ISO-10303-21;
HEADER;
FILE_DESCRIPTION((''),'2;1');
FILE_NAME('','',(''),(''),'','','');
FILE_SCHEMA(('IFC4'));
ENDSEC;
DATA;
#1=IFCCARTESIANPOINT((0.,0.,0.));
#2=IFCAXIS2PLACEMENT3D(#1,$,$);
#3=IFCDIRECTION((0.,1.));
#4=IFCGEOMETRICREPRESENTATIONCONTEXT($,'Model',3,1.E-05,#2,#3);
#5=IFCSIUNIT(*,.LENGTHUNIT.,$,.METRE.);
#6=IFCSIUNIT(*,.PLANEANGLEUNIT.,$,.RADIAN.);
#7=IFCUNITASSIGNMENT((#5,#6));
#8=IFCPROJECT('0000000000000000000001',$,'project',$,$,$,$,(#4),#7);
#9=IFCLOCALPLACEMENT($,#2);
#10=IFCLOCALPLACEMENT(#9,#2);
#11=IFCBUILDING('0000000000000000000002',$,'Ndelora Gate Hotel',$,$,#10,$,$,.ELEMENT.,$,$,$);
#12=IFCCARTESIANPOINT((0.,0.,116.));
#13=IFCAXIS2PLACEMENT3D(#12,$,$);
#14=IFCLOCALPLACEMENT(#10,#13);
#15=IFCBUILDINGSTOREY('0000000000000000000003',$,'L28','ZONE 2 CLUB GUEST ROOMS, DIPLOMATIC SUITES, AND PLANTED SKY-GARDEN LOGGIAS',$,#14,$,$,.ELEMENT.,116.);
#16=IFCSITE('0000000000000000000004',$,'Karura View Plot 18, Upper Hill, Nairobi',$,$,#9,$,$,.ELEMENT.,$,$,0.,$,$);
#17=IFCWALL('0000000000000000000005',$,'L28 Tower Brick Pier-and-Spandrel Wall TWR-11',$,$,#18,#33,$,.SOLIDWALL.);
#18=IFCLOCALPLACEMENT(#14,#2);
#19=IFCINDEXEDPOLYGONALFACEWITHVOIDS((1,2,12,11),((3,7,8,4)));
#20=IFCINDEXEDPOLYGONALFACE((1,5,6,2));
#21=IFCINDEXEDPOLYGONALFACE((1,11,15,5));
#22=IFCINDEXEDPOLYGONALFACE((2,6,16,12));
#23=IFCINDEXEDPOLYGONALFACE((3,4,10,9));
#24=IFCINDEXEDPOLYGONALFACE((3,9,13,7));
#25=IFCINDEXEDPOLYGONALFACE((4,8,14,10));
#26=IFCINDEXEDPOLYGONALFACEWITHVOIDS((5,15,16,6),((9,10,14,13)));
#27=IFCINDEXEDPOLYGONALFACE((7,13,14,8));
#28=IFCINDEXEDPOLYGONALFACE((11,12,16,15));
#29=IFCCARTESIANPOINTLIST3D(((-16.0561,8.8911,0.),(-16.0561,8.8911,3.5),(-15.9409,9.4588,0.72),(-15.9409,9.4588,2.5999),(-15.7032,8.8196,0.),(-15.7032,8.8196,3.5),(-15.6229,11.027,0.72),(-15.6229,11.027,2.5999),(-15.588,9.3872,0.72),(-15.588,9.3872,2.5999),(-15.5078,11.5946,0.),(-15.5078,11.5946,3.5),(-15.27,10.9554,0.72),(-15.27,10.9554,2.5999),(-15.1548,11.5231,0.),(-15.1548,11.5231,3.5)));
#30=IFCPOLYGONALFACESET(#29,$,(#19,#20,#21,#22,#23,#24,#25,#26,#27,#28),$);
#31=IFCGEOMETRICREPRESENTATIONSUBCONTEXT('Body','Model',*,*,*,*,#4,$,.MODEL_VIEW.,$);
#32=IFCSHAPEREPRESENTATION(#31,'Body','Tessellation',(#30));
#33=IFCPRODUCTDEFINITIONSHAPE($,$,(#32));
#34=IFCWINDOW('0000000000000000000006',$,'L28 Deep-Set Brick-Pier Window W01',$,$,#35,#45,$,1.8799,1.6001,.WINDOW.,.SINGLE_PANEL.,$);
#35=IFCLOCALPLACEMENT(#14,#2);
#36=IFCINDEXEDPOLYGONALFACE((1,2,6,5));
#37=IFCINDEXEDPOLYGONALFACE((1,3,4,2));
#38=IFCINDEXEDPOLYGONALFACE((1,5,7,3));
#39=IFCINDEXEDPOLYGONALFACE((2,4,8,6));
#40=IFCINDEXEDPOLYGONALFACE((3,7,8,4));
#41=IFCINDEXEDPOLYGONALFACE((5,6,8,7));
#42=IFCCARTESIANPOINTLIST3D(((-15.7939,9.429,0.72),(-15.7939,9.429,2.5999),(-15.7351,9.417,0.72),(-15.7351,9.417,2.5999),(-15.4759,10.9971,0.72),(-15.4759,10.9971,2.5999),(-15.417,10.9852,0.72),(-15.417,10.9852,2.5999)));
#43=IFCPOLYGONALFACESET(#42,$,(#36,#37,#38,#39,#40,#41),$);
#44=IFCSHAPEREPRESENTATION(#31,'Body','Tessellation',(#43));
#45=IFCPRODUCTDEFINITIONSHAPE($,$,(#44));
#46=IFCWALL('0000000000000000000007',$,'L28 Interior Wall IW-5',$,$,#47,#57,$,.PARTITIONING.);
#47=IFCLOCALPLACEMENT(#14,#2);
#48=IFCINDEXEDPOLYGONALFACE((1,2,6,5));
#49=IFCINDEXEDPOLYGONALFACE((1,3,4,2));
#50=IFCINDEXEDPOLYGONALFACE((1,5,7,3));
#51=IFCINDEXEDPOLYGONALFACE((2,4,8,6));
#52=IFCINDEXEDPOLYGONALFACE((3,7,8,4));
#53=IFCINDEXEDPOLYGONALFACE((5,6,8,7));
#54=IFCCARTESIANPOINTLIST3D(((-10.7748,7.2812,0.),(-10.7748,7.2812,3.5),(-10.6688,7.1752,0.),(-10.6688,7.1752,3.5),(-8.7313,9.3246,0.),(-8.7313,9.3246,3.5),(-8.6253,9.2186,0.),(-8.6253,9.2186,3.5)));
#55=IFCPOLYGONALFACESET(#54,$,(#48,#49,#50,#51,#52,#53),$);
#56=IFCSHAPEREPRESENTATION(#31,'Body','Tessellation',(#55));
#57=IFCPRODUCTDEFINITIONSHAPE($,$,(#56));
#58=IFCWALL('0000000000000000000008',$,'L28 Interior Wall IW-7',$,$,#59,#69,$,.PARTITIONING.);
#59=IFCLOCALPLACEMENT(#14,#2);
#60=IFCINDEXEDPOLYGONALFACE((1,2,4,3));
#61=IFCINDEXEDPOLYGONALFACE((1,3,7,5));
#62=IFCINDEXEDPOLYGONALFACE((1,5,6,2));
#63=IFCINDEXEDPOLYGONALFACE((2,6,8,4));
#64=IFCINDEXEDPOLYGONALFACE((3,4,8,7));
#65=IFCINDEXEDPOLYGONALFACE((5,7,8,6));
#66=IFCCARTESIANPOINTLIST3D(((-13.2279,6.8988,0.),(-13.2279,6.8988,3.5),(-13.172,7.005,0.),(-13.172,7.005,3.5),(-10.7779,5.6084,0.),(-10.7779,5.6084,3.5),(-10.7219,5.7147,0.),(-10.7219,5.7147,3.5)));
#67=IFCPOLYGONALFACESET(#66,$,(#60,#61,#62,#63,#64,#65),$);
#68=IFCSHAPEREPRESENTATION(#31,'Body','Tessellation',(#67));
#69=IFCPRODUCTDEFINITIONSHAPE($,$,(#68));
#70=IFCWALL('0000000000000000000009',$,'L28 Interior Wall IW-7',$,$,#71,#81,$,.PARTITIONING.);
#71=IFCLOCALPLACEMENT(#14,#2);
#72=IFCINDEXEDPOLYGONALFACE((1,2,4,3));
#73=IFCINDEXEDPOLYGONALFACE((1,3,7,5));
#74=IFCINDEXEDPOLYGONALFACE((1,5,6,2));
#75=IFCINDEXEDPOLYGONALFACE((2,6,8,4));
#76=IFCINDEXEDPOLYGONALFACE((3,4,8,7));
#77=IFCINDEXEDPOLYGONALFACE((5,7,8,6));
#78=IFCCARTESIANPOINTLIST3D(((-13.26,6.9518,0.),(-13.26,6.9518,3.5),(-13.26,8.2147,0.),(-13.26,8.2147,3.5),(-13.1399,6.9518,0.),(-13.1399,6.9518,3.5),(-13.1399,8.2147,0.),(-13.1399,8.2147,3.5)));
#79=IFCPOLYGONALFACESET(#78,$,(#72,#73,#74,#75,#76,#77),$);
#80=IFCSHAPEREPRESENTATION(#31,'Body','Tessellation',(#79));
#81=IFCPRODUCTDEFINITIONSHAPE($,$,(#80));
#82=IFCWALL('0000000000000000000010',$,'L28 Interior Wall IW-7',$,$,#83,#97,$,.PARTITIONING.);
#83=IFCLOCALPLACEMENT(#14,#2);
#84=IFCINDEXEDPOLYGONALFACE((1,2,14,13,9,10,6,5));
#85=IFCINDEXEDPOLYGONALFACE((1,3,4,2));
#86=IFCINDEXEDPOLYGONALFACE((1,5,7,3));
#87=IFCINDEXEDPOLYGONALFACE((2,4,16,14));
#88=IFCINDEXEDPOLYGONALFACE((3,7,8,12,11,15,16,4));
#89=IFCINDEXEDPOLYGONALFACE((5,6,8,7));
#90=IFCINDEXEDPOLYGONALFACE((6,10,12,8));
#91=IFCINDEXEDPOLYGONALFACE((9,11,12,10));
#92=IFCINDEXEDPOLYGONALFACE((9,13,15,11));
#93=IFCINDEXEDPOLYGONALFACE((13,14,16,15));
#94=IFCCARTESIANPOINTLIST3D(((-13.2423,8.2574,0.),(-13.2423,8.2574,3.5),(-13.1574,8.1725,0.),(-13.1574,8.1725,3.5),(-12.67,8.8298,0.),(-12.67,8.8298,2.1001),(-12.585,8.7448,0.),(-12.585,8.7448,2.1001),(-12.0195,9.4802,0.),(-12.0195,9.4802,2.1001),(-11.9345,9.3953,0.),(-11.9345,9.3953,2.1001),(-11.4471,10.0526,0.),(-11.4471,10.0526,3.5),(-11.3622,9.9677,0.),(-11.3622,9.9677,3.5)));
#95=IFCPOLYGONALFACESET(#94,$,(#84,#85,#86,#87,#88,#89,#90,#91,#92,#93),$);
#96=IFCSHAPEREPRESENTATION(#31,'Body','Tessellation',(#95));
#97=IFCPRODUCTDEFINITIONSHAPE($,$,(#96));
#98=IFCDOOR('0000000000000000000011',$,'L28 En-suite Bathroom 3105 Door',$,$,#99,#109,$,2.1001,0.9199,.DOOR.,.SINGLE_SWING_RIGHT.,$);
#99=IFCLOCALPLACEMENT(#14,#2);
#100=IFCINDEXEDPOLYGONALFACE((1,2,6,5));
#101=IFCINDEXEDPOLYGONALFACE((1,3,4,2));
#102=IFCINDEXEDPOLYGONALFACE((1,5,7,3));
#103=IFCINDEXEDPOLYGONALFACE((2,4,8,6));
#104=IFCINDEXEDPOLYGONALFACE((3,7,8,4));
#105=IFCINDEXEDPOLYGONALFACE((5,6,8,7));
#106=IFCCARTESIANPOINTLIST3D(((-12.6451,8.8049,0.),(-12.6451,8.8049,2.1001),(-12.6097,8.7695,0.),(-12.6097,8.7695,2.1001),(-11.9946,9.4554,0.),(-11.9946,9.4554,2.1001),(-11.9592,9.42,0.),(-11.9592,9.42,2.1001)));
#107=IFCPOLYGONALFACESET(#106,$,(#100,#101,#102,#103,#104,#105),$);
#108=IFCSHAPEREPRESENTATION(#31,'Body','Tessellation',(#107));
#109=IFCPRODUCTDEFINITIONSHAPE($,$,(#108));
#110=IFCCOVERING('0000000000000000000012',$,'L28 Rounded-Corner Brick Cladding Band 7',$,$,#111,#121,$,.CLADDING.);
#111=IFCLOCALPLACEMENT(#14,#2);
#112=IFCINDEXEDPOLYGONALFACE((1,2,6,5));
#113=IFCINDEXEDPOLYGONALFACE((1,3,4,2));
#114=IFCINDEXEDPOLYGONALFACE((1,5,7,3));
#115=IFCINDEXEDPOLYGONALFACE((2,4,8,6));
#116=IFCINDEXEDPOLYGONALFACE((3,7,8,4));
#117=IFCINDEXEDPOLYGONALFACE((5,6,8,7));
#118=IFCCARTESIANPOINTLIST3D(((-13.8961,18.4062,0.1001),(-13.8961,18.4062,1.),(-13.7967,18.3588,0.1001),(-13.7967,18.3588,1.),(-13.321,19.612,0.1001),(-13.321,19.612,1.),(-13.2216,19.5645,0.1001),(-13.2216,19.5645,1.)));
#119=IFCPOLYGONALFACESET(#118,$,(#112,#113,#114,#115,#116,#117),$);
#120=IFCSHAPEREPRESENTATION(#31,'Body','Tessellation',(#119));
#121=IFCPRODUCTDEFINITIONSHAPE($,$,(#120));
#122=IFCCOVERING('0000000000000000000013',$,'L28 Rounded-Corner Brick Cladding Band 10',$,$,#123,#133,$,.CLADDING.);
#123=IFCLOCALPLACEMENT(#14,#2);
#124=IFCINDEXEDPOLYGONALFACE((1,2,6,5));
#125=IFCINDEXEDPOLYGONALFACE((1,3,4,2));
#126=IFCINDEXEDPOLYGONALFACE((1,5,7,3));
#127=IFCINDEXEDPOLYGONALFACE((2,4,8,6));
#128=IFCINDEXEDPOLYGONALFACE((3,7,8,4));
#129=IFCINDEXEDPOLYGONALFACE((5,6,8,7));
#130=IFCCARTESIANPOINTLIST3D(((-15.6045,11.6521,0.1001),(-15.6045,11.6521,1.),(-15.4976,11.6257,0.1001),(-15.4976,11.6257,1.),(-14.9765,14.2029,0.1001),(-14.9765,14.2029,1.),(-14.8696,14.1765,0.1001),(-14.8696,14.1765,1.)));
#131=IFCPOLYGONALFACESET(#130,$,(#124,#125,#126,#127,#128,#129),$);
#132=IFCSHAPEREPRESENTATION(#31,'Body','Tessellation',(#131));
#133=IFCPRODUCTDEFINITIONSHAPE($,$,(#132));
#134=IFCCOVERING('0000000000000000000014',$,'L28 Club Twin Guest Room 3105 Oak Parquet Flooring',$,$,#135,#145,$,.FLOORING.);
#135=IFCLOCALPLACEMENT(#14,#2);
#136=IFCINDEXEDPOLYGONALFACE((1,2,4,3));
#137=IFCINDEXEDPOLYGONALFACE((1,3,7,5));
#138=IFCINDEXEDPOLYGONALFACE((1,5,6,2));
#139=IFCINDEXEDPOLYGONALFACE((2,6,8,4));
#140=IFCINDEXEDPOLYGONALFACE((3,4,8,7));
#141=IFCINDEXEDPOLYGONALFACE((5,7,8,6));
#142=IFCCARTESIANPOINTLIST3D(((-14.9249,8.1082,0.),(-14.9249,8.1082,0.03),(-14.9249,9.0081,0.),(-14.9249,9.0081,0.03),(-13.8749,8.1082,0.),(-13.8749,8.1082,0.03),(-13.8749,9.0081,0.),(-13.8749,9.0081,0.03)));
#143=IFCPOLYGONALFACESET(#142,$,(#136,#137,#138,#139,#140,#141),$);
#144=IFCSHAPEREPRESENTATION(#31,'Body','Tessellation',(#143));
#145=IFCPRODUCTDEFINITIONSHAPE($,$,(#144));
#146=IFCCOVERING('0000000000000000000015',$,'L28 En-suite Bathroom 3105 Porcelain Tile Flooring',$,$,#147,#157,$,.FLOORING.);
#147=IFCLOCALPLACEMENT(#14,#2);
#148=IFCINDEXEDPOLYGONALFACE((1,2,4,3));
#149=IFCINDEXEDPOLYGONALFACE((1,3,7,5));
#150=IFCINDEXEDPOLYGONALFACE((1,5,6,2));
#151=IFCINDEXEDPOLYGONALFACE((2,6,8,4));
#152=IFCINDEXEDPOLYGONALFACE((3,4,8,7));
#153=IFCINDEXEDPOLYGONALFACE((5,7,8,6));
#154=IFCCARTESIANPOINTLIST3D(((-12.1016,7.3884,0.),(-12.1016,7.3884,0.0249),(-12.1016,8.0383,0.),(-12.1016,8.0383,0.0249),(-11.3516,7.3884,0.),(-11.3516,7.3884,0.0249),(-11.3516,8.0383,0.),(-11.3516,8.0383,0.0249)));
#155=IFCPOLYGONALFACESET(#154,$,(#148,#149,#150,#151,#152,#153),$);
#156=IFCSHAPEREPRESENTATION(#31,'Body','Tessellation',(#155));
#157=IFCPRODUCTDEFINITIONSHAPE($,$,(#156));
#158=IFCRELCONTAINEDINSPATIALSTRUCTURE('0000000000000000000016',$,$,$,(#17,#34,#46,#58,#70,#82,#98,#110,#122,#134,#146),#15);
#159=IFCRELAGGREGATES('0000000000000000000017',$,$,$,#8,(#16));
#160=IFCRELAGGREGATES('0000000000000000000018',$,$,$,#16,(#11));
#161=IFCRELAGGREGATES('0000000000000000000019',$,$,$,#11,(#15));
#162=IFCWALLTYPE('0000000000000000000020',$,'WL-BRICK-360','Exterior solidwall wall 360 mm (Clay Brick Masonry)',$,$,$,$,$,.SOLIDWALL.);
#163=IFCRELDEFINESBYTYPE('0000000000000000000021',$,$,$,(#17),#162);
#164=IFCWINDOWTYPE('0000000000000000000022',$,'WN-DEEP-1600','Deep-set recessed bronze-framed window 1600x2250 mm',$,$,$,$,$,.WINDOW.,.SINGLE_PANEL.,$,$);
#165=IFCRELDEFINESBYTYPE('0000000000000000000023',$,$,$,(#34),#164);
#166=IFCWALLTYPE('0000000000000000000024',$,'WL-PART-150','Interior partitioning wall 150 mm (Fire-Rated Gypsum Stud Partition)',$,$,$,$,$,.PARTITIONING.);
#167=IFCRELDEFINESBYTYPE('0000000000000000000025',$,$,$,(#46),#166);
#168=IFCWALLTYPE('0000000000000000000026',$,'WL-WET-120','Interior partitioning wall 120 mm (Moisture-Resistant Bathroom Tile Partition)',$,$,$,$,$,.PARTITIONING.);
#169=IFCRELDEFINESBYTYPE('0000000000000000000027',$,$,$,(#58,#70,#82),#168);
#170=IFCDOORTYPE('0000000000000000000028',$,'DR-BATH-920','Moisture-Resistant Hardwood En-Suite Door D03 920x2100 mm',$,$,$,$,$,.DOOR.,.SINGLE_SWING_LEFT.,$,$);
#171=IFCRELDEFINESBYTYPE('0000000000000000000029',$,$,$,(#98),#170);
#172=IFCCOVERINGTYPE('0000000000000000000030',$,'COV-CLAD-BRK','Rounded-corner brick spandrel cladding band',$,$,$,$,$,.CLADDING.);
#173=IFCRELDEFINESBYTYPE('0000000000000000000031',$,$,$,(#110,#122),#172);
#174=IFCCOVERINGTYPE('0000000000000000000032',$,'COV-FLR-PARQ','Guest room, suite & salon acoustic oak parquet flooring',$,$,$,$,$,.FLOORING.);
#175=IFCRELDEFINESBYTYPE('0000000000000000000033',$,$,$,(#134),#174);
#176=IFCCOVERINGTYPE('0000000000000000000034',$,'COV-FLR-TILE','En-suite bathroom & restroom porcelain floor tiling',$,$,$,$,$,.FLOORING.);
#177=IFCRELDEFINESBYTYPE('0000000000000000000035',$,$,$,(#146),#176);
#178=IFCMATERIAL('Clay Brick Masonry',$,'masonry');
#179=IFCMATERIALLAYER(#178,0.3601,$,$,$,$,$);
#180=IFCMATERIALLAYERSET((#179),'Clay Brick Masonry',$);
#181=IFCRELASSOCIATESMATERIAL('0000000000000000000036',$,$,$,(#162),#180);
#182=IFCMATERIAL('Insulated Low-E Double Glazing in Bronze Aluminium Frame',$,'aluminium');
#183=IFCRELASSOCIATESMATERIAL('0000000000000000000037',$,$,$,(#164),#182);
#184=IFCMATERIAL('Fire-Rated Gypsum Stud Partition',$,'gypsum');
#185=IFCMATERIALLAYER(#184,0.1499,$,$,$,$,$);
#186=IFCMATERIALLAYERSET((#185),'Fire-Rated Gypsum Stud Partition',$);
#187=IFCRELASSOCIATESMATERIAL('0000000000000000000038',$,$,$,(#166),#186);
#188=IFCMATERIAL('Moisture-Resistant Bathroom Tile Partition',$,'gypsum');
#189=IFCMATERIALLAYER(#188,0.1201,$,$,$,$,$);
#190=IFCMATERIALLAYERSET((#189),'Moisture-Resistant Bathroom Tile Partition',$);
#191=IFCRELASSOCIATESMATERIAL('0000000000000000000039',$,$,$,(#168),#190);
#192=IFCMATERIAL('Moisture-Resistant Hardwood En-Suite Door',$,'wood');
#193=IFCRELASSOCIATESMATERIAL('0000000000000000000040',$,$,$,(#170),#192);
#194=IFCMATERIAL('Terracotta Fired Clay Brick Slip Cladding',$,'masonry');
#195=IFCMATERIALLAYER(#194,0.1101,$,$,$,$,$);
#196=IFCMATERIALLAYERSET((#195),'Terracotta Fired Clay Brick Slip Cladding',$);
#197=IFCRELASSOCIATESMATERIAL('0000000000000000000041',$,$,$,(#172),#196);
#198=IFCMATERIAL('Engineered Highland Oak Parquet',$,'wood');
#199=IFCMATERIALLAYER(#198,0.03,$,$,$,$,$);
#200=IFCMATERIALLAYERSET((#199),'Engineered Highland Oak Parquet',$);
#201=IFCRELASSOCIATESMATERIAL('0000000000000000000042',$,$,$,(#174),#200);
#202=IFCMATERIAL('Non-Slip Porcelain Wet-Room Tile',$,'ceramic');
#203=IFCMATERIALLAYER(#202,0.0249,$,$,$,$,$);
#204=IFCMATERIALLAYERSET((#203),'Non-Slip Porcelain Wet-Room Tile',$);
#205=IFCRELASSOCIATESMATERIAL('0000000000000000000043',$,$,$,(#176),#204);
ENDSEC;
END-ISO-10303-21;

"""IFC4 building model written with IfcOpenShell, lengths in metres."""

from ifc_helpers import new_model, si_unit, direction, frame, frame_2d, origin, origin_2d, place, context, subcontext, project, spatial, rectangle, extrude, material, layer, layer_set, type_object, element, fill, save


model = new_model("IFC4")

# Units and contexts
model_context = context("Model", 3, precision=1e-05, world=origin(), true_north=direction((0.0, 1.0)))
body_context = subcontext(model_context, "Body", "Model", "MODEL_VIEW")
ifc_project = project(units=[si_unit("LENGTHUNIT", "METRE"), si_unit("PLANEANGLEUNIT", "RADIAN")], contexts=[model_context])

# Site, building, storey
site_placement = place(None, origin())
site = spatial("IfcSite", under=ifc_project, at=site_placement, Name="Karura View Plot 18, Upper Hill, Nairobi", CompositionType="ELEMENT", RefElevation=0.0)
building_placement = place(site_placement, origin())
building = spatial("IfcBuilding", under=site, at=building_placement, Name="Ndelora Gate Hotel", CompositionType="ELEMENT")
storey_placement = place(building_placement, frame((0.0, 0.0, 116.0)))
storey = spatial("IfcBuildingStorey", under=building, at=storey_placement, Name="L28", Description="ZONE 2 CLUB GUEST ROOMS, DIPLOMATIC SUITES, AND PLANTED SKY-GARDEN LOGGIAS", CompositionType="ELEMENT", Elevation=116.0)

# Shared definitions
ifc_material_1 = material(Name="Clay Brick Masonry", Category="masonry")
ifc_layer_1 = layer(ifc_material_1, 0.3601)
ifc_layer_set_1 = layer_set([ifc_layer_1], Name="Clay Brick Masonry")
wall_type_1 = type_object("IfcWallType", Name="WL-BRICK-360", Description="Exterior solidwall wall 360 mm (Clay Brick Masonry)", PredefinedType="SOLIDWALL", material=ifc_layer_set_1)

# Shared definitions
ifc_material_2 = material(Name="Insulated Low-E Double Glazing in Bronze Aluminium Frame", Category="aluminium")

# Wall, opening, window
wall_1_placement = place(storey_placement, frame((-15.8796, 8.8552, 0.0), z_axis=(0.0, 0.0, 1.0), x_axis=(0.19877, 0.980046, 0.0)))
wall_1 = element("IfcWall", 1, at=wall_1_placement, inside=storey, type_object=wall_type_1, Name="L28 Tower Brick Pier-and-Spandrel Wall TWR-11", PredefinedType="SOLIDWALL", context=body_context, shape_type="SweptSolid", body=[
    extrude(rectangle(XDim=2.7585, YDim=0.3601, at=frame_2d((1.3794, 0.0))), origin(), (0.0, 0.0, 1.0), 3.5),
])
opening_1_placement = place(wall_1_placement, frame((0.5793, 0.0, 0.72)))
opening_1 = element("IfcOpeningElement", 2, at=opening_1_placement, cuts=wall_1, PredefinedType="OPENING", context=body_context, shape_type="SweptSolid", body=[
    extrude(rectangle(XDim=1.6001, YDim=1.8799, at=frame_2d((0.8, 0.9399))), frame((0.0, 0.1899, 0.0), z_axis=(0.0, -1.0, 0.0), x_axis=(1.0, 0.0, 0.0)), (0.0, 0.0, 1.0), 0.3801),
])
window_type_1 = type_object("IfcWindowType", Name="WN-DEEP-1600", Description="Deep-set recessed bronze-framed window 1600x2250 mm", PartitioningType="SINGLE_PANEL", PredefinedType="WINDOW", material=ifc_material_2)
window_1_placement = place(opening_1_placement, origin())
window_1 = element("IfcWindow", 3, at=window_1_placement, inside=storey, type_object=window_type_1, Name="L28 Deep-Set Brick-Pier Window W01", OverallHeight=1.8799, OverallWidth=1.6001, PartitioningType="SINGLE_PANEL", PredefinedType="WINDOW", context=body_context, shape_type="SweptSolid", body=[
    extrude(rectangle(XDim=1.6001, YDim=1.8799, at=frame_2d((0.8, 0.9399))), frame((0.0, 0.03, 0.0), z_axis=(0.0, -1.0, 0.0), x_axis=(1.0, 0.0, 0.0)), (0.0, 0.0, 1.0), 0.0601),
])
fill(opening_1, window_1)

# Walls
ifc_material_3 = material(Name="Fire-Rated Gypsum Stud Partition", Category="gypsum")
ifc_layer_2 = layer(ifc_material_3, 0.1499)
ifc_layer_set_2 = layer_set([ifc_layer_2], Name="Fire-Rated Gypsum Stud Partition")
wall_type_2 = type_object("IfcWallType", Name="WL-PART-150", Description="Interior partitioning wall 150 mm (Fire-Rated Gypsum Stud Partition)", PredefinedType="PARTITIONING", material=ifc_layer_set_2)
wall_2_placement = place(storey_placement, frame((-10.7217, 7.2283, 0.0), z_axis=(0.0, 0.0, 1.0), x_axis=(0.707107, 0.707107, 0.0)))
element("IfcWall", 4, at=wall_2_placement, inside=storey, type_object=wall_type_2, Name="L28 Interior Wall IW-5", PredefinedType="PARTITIONING", context=body_context, shape_type="SweptSolid", body=[
    extrude(rectangle(XDim=2.8899, YDim=0.1499, at=frame_2d((1.4448, 0.0))), origin(), (0.0, 0.0, 1.0), 3.5),
])
ifc_material_4 = material(Name="Moisture-Resistant Bathroom Tile Partition", Category="gypsum")
ifc_layer_3 = layer(ifc_material_4, 0.1201)
ifc_layer_set_3 = layer_set([ifc_layer_3], Name="Moisture-Resistant Bathroom Tile Partition")
wall_type_3 = type_object("IfcWallType", Name="WL-WET-120", Description="Interior partitioning wall 120 mm (Moisture-Resistant Bathroom Tile Partition)", PredefinedType="PARTITIONING", material=ifc_layer_set_3)
wall_3_placement = place(storey_placement, frame((-13.2, 6.9519, 0.0), z_axis=(0.0, 0.0, 1.0), x_axis=(0.884794, -0.465983, 0.0)))
element("IfcWall", 5, at=wall_3_placement, inside=storey, type_object=wall_type_3, Name="L28 Interior Wall IW-7", PredefinedType="PARTITIONING", context=body_context, shape_type="SweptSolid", body=[
    extrude(rectangle(XDim=2.769, YDim=0.1201, at=frame_2d((1.3845, 0.0))), origin(), (0.0, 0.0, 1.0), 3.5),
])
wall_4_placement = place(storey_placement, frame((-13.2, 6.9519, 0.0), z_axis=(0.0, 0.0, 1.0), x_axis=(0.0, 1.0, 0.0)))
element("IfcWall", 6, at=wall_4_placement, inside=storey, type_object=wall_type_3, Name="L28 Interior Wall IW-7", PredefinedType="PARTITIONING", context=body_context, shape_type="SweptSolid", body=[
    extrude(rectangle(XDim=1.2629, YDim=0.1201, at=frame_2d((0.6313, 0.0))), origin(), (0.0, 0.0, 1.0), 3.5),
])

# Wall, opening, door
wall_5_placement = place(storey_placement, frame((-13.2, 8.2148, 0.0), z_axis=(0.0, 0.0, 1.0), x_axis=(0.707107, 0.707107, 0.0)))
wall_5 = element("IfcWall", 7, at=wall_5_placement, inside=storey, type_object=wall_type_3, Name="L28 Interior Wall IW-7", PredefinedType="PARTITIONING", context=body_context, shape_type="SweptSolid", body=[
    extrude(rectangle(XDim=2.5388, YDim=0.1201, at=frame_2d((1.2695, 0.0))), origin(), (0.0, 0.0, 1.0), 3.5),
])
opening_2_placement = place(wall_5_placement, frame((0.8096, 0.0, 0.0)))
opening_2 = element("IfcOpeningElement", 8, at=opening_2_placement, cuts=wall_5, PredefinedType="OPENING", context=body_context, shape_type="SweptSolid", body=[
    extrude(rectangle(XDim=0.9199, YDim=2.1001, at=frame_2d((0.46, 1.05))), frame((0.0, 0.0701, 0.0), z_axis=(0.0, -1.0, 0.0), x_axis=(1.0, 0.0, 0.0)), (0.0, 0.0, 1.0), 0.1401),
])
ifc_material_5 = material(Name="Moisture-Resistant Hardwood En-Suite Door", Category="wood")
door_type = type_object("IfcDoorType", Name="DR-BATH-920", Description="Moisture-Resistant Hardwood En-Suite Door D03 920x2100 mm", OperationType="SINGLE_SWING_LEFT", PredefinedType="DOOR", material=ifc_material_5)
door_placement = place(opening_2_placement, origin())
door = element("IfcDoor", 9, at=door_placement, inside=storey, type_object=door_type, Name="L28 En-suite Bathroom 3105 Door", OperationType="SINGLE_SWING_RIGHT", OverallHeight=2.1001, OverallWidth=0.9199, PredefinedType="DOOR", context=body_context, shape_type="SweptSolid", body=[
    extrude(rectangle(XDim=0.9199, YDim=2.1001, at=frame_2d((0.46, 1.05))), frame((0.0, 0.0249, 0.0), z_axis=(0.0, -1.0, 0.0), x_axis=(1.0, 0.0, 0.0)), (0.0, 0.0, 1.0), 0.05),
])
fill(opening_2, door)

# Coverings
ifc_material_6 = material(Name="Terracotta Fired Clay Brick Slip Cladding", Category="masonry")
ifc_layer_4 = layer(ifc_material_6, 0.1101)
ifc_layer_set_4 = layer_set([ifc_layer_4], Name="Terracotta Fired Clay Brick Slip Cladding")
covering_type_1 = type_object("IfcCoveringType", Name="COV-CLAD-BRK", Description="Rounded-corner brick spandrel cladding band", PredefinedType="CLADDING", material=ifc_layer_set_4)
covering_1_placement = place(storey_placement, frame((-13.5588, 18.9854, 0.1001), z_axis=(0.0, 0.0, 1.0), x_axis=(0.430511, 0.902585, 0.0)))
element("IfcCovering", 10, at=covering_1_placement, inside=storey, type_object=covering_type_1, Name="L28 Rounded-Corner Brick Cladding Band 7", PredefinedType="CLADDING", context=body_context, shape_type="SweptSolid", body=[
    extrude(rectangle(XDim=1.3359, YDim=0.1101, at=origin_2d()), origin(), (0.0, 0.0, 1.0), 0.8999),
])
covering_2_placement = place(storey_placement, frame((-15.2371, 12.9143, 0.1001), z_axis=(0.0, 0.0, 1.0), x_axis=(0.239042, 0.971009, 0.0)))
element("IfcCovering", 11, at=covering_2_placement, inside=storey, type_object=covering_type_1, Name="L28 Rounded-Corner Brick Cladding Band 10", PredefinedType="CLADDING", context=body_context, shape_type="SweptSolid", body=[
    extrude(rectangle(XDim=2.627, YDim=0.1101, at=origin_2d()), origin(), (0.0, 0.0, 1.0), 0.8999),
])
ifc_material_7 = material(Name="Engineered Highland Oak Parquet", Category="wood")
ifc_layer_5 = layer(ifc_material_7, 0.03)
ifc_layer_set_5 = layer_set([ifc_layer_5], Name="Engineered Highland Oak Parquet")
covering_type_2 = type_object("IfcCoveringType", Name="COV-FLR-PARQ", Description="Guest room, suite & salon acoustic oak parquet flooring", PredefinedType="FLOORING", material=ifc_layer_set_5)
covering_3_placement = place(storey_placement, frame((-14.3999, 8.5581, 0.0), z_axis=(0.0, 0.0, 1.0), x_axis=(1.0, 0.0, 0.0)))
element("IfcCovering", 12, at=covering_3_placement, inside=storey, type_object=covering_type_2, Name="L28 Club Twin Guest Room 3105 Oak Parquet Flooring", PredefinedType="FLOORING", context=body_context, shape_type="SweptSolid", body=[
    extrude(rectangle(XDim=1.05, YDim=0.8999, at=origin_2d()), origin(), (0.0, 0.0, 1.0), 0.03),
])
ifc_material_8 = material(Name="Non-Slip Porcelain Wet-Room Tile", Category="ceramic")
ifc_layer_6 = layer(ifc_material_8, 0.0249)
ifc_layer_set_6 = layer_set([ifc_layer_6], Name="Non-Slip Porcelain Wet-Room Tile")
covering_type_3 = type_object("IfcCoveringType", Name="COV-FLR-TILE", Description="En-suite bathroom & restroom porcelain floor tiling", PredefinedType="FLOORING", material=ifc_layer_set_6)
covering_4_placement = place(storey_placement, frame((-11.7266, 7.7134, 0.0), z_axis=(0.0, 0.0, 1.0), x_axis=(1.0, 0.0, 0.0)))
element("IfcCovering", 13, at=covering_4_placement, inside=storey, type_object=covering_type_3, Name="L28 En-suite Bathroom 3105 Porcelain Tile Flooring", PredefinedType="FLOORING", context=body_context, shape_type="SweptSolid", body=[
    extrude(rectangle(XDim=0.75, YDim=0.6499, at=origin_2d()), origin(), (0.0, 0.0, 1.0), 0.0249),
])

save(model, "model.ifc")
